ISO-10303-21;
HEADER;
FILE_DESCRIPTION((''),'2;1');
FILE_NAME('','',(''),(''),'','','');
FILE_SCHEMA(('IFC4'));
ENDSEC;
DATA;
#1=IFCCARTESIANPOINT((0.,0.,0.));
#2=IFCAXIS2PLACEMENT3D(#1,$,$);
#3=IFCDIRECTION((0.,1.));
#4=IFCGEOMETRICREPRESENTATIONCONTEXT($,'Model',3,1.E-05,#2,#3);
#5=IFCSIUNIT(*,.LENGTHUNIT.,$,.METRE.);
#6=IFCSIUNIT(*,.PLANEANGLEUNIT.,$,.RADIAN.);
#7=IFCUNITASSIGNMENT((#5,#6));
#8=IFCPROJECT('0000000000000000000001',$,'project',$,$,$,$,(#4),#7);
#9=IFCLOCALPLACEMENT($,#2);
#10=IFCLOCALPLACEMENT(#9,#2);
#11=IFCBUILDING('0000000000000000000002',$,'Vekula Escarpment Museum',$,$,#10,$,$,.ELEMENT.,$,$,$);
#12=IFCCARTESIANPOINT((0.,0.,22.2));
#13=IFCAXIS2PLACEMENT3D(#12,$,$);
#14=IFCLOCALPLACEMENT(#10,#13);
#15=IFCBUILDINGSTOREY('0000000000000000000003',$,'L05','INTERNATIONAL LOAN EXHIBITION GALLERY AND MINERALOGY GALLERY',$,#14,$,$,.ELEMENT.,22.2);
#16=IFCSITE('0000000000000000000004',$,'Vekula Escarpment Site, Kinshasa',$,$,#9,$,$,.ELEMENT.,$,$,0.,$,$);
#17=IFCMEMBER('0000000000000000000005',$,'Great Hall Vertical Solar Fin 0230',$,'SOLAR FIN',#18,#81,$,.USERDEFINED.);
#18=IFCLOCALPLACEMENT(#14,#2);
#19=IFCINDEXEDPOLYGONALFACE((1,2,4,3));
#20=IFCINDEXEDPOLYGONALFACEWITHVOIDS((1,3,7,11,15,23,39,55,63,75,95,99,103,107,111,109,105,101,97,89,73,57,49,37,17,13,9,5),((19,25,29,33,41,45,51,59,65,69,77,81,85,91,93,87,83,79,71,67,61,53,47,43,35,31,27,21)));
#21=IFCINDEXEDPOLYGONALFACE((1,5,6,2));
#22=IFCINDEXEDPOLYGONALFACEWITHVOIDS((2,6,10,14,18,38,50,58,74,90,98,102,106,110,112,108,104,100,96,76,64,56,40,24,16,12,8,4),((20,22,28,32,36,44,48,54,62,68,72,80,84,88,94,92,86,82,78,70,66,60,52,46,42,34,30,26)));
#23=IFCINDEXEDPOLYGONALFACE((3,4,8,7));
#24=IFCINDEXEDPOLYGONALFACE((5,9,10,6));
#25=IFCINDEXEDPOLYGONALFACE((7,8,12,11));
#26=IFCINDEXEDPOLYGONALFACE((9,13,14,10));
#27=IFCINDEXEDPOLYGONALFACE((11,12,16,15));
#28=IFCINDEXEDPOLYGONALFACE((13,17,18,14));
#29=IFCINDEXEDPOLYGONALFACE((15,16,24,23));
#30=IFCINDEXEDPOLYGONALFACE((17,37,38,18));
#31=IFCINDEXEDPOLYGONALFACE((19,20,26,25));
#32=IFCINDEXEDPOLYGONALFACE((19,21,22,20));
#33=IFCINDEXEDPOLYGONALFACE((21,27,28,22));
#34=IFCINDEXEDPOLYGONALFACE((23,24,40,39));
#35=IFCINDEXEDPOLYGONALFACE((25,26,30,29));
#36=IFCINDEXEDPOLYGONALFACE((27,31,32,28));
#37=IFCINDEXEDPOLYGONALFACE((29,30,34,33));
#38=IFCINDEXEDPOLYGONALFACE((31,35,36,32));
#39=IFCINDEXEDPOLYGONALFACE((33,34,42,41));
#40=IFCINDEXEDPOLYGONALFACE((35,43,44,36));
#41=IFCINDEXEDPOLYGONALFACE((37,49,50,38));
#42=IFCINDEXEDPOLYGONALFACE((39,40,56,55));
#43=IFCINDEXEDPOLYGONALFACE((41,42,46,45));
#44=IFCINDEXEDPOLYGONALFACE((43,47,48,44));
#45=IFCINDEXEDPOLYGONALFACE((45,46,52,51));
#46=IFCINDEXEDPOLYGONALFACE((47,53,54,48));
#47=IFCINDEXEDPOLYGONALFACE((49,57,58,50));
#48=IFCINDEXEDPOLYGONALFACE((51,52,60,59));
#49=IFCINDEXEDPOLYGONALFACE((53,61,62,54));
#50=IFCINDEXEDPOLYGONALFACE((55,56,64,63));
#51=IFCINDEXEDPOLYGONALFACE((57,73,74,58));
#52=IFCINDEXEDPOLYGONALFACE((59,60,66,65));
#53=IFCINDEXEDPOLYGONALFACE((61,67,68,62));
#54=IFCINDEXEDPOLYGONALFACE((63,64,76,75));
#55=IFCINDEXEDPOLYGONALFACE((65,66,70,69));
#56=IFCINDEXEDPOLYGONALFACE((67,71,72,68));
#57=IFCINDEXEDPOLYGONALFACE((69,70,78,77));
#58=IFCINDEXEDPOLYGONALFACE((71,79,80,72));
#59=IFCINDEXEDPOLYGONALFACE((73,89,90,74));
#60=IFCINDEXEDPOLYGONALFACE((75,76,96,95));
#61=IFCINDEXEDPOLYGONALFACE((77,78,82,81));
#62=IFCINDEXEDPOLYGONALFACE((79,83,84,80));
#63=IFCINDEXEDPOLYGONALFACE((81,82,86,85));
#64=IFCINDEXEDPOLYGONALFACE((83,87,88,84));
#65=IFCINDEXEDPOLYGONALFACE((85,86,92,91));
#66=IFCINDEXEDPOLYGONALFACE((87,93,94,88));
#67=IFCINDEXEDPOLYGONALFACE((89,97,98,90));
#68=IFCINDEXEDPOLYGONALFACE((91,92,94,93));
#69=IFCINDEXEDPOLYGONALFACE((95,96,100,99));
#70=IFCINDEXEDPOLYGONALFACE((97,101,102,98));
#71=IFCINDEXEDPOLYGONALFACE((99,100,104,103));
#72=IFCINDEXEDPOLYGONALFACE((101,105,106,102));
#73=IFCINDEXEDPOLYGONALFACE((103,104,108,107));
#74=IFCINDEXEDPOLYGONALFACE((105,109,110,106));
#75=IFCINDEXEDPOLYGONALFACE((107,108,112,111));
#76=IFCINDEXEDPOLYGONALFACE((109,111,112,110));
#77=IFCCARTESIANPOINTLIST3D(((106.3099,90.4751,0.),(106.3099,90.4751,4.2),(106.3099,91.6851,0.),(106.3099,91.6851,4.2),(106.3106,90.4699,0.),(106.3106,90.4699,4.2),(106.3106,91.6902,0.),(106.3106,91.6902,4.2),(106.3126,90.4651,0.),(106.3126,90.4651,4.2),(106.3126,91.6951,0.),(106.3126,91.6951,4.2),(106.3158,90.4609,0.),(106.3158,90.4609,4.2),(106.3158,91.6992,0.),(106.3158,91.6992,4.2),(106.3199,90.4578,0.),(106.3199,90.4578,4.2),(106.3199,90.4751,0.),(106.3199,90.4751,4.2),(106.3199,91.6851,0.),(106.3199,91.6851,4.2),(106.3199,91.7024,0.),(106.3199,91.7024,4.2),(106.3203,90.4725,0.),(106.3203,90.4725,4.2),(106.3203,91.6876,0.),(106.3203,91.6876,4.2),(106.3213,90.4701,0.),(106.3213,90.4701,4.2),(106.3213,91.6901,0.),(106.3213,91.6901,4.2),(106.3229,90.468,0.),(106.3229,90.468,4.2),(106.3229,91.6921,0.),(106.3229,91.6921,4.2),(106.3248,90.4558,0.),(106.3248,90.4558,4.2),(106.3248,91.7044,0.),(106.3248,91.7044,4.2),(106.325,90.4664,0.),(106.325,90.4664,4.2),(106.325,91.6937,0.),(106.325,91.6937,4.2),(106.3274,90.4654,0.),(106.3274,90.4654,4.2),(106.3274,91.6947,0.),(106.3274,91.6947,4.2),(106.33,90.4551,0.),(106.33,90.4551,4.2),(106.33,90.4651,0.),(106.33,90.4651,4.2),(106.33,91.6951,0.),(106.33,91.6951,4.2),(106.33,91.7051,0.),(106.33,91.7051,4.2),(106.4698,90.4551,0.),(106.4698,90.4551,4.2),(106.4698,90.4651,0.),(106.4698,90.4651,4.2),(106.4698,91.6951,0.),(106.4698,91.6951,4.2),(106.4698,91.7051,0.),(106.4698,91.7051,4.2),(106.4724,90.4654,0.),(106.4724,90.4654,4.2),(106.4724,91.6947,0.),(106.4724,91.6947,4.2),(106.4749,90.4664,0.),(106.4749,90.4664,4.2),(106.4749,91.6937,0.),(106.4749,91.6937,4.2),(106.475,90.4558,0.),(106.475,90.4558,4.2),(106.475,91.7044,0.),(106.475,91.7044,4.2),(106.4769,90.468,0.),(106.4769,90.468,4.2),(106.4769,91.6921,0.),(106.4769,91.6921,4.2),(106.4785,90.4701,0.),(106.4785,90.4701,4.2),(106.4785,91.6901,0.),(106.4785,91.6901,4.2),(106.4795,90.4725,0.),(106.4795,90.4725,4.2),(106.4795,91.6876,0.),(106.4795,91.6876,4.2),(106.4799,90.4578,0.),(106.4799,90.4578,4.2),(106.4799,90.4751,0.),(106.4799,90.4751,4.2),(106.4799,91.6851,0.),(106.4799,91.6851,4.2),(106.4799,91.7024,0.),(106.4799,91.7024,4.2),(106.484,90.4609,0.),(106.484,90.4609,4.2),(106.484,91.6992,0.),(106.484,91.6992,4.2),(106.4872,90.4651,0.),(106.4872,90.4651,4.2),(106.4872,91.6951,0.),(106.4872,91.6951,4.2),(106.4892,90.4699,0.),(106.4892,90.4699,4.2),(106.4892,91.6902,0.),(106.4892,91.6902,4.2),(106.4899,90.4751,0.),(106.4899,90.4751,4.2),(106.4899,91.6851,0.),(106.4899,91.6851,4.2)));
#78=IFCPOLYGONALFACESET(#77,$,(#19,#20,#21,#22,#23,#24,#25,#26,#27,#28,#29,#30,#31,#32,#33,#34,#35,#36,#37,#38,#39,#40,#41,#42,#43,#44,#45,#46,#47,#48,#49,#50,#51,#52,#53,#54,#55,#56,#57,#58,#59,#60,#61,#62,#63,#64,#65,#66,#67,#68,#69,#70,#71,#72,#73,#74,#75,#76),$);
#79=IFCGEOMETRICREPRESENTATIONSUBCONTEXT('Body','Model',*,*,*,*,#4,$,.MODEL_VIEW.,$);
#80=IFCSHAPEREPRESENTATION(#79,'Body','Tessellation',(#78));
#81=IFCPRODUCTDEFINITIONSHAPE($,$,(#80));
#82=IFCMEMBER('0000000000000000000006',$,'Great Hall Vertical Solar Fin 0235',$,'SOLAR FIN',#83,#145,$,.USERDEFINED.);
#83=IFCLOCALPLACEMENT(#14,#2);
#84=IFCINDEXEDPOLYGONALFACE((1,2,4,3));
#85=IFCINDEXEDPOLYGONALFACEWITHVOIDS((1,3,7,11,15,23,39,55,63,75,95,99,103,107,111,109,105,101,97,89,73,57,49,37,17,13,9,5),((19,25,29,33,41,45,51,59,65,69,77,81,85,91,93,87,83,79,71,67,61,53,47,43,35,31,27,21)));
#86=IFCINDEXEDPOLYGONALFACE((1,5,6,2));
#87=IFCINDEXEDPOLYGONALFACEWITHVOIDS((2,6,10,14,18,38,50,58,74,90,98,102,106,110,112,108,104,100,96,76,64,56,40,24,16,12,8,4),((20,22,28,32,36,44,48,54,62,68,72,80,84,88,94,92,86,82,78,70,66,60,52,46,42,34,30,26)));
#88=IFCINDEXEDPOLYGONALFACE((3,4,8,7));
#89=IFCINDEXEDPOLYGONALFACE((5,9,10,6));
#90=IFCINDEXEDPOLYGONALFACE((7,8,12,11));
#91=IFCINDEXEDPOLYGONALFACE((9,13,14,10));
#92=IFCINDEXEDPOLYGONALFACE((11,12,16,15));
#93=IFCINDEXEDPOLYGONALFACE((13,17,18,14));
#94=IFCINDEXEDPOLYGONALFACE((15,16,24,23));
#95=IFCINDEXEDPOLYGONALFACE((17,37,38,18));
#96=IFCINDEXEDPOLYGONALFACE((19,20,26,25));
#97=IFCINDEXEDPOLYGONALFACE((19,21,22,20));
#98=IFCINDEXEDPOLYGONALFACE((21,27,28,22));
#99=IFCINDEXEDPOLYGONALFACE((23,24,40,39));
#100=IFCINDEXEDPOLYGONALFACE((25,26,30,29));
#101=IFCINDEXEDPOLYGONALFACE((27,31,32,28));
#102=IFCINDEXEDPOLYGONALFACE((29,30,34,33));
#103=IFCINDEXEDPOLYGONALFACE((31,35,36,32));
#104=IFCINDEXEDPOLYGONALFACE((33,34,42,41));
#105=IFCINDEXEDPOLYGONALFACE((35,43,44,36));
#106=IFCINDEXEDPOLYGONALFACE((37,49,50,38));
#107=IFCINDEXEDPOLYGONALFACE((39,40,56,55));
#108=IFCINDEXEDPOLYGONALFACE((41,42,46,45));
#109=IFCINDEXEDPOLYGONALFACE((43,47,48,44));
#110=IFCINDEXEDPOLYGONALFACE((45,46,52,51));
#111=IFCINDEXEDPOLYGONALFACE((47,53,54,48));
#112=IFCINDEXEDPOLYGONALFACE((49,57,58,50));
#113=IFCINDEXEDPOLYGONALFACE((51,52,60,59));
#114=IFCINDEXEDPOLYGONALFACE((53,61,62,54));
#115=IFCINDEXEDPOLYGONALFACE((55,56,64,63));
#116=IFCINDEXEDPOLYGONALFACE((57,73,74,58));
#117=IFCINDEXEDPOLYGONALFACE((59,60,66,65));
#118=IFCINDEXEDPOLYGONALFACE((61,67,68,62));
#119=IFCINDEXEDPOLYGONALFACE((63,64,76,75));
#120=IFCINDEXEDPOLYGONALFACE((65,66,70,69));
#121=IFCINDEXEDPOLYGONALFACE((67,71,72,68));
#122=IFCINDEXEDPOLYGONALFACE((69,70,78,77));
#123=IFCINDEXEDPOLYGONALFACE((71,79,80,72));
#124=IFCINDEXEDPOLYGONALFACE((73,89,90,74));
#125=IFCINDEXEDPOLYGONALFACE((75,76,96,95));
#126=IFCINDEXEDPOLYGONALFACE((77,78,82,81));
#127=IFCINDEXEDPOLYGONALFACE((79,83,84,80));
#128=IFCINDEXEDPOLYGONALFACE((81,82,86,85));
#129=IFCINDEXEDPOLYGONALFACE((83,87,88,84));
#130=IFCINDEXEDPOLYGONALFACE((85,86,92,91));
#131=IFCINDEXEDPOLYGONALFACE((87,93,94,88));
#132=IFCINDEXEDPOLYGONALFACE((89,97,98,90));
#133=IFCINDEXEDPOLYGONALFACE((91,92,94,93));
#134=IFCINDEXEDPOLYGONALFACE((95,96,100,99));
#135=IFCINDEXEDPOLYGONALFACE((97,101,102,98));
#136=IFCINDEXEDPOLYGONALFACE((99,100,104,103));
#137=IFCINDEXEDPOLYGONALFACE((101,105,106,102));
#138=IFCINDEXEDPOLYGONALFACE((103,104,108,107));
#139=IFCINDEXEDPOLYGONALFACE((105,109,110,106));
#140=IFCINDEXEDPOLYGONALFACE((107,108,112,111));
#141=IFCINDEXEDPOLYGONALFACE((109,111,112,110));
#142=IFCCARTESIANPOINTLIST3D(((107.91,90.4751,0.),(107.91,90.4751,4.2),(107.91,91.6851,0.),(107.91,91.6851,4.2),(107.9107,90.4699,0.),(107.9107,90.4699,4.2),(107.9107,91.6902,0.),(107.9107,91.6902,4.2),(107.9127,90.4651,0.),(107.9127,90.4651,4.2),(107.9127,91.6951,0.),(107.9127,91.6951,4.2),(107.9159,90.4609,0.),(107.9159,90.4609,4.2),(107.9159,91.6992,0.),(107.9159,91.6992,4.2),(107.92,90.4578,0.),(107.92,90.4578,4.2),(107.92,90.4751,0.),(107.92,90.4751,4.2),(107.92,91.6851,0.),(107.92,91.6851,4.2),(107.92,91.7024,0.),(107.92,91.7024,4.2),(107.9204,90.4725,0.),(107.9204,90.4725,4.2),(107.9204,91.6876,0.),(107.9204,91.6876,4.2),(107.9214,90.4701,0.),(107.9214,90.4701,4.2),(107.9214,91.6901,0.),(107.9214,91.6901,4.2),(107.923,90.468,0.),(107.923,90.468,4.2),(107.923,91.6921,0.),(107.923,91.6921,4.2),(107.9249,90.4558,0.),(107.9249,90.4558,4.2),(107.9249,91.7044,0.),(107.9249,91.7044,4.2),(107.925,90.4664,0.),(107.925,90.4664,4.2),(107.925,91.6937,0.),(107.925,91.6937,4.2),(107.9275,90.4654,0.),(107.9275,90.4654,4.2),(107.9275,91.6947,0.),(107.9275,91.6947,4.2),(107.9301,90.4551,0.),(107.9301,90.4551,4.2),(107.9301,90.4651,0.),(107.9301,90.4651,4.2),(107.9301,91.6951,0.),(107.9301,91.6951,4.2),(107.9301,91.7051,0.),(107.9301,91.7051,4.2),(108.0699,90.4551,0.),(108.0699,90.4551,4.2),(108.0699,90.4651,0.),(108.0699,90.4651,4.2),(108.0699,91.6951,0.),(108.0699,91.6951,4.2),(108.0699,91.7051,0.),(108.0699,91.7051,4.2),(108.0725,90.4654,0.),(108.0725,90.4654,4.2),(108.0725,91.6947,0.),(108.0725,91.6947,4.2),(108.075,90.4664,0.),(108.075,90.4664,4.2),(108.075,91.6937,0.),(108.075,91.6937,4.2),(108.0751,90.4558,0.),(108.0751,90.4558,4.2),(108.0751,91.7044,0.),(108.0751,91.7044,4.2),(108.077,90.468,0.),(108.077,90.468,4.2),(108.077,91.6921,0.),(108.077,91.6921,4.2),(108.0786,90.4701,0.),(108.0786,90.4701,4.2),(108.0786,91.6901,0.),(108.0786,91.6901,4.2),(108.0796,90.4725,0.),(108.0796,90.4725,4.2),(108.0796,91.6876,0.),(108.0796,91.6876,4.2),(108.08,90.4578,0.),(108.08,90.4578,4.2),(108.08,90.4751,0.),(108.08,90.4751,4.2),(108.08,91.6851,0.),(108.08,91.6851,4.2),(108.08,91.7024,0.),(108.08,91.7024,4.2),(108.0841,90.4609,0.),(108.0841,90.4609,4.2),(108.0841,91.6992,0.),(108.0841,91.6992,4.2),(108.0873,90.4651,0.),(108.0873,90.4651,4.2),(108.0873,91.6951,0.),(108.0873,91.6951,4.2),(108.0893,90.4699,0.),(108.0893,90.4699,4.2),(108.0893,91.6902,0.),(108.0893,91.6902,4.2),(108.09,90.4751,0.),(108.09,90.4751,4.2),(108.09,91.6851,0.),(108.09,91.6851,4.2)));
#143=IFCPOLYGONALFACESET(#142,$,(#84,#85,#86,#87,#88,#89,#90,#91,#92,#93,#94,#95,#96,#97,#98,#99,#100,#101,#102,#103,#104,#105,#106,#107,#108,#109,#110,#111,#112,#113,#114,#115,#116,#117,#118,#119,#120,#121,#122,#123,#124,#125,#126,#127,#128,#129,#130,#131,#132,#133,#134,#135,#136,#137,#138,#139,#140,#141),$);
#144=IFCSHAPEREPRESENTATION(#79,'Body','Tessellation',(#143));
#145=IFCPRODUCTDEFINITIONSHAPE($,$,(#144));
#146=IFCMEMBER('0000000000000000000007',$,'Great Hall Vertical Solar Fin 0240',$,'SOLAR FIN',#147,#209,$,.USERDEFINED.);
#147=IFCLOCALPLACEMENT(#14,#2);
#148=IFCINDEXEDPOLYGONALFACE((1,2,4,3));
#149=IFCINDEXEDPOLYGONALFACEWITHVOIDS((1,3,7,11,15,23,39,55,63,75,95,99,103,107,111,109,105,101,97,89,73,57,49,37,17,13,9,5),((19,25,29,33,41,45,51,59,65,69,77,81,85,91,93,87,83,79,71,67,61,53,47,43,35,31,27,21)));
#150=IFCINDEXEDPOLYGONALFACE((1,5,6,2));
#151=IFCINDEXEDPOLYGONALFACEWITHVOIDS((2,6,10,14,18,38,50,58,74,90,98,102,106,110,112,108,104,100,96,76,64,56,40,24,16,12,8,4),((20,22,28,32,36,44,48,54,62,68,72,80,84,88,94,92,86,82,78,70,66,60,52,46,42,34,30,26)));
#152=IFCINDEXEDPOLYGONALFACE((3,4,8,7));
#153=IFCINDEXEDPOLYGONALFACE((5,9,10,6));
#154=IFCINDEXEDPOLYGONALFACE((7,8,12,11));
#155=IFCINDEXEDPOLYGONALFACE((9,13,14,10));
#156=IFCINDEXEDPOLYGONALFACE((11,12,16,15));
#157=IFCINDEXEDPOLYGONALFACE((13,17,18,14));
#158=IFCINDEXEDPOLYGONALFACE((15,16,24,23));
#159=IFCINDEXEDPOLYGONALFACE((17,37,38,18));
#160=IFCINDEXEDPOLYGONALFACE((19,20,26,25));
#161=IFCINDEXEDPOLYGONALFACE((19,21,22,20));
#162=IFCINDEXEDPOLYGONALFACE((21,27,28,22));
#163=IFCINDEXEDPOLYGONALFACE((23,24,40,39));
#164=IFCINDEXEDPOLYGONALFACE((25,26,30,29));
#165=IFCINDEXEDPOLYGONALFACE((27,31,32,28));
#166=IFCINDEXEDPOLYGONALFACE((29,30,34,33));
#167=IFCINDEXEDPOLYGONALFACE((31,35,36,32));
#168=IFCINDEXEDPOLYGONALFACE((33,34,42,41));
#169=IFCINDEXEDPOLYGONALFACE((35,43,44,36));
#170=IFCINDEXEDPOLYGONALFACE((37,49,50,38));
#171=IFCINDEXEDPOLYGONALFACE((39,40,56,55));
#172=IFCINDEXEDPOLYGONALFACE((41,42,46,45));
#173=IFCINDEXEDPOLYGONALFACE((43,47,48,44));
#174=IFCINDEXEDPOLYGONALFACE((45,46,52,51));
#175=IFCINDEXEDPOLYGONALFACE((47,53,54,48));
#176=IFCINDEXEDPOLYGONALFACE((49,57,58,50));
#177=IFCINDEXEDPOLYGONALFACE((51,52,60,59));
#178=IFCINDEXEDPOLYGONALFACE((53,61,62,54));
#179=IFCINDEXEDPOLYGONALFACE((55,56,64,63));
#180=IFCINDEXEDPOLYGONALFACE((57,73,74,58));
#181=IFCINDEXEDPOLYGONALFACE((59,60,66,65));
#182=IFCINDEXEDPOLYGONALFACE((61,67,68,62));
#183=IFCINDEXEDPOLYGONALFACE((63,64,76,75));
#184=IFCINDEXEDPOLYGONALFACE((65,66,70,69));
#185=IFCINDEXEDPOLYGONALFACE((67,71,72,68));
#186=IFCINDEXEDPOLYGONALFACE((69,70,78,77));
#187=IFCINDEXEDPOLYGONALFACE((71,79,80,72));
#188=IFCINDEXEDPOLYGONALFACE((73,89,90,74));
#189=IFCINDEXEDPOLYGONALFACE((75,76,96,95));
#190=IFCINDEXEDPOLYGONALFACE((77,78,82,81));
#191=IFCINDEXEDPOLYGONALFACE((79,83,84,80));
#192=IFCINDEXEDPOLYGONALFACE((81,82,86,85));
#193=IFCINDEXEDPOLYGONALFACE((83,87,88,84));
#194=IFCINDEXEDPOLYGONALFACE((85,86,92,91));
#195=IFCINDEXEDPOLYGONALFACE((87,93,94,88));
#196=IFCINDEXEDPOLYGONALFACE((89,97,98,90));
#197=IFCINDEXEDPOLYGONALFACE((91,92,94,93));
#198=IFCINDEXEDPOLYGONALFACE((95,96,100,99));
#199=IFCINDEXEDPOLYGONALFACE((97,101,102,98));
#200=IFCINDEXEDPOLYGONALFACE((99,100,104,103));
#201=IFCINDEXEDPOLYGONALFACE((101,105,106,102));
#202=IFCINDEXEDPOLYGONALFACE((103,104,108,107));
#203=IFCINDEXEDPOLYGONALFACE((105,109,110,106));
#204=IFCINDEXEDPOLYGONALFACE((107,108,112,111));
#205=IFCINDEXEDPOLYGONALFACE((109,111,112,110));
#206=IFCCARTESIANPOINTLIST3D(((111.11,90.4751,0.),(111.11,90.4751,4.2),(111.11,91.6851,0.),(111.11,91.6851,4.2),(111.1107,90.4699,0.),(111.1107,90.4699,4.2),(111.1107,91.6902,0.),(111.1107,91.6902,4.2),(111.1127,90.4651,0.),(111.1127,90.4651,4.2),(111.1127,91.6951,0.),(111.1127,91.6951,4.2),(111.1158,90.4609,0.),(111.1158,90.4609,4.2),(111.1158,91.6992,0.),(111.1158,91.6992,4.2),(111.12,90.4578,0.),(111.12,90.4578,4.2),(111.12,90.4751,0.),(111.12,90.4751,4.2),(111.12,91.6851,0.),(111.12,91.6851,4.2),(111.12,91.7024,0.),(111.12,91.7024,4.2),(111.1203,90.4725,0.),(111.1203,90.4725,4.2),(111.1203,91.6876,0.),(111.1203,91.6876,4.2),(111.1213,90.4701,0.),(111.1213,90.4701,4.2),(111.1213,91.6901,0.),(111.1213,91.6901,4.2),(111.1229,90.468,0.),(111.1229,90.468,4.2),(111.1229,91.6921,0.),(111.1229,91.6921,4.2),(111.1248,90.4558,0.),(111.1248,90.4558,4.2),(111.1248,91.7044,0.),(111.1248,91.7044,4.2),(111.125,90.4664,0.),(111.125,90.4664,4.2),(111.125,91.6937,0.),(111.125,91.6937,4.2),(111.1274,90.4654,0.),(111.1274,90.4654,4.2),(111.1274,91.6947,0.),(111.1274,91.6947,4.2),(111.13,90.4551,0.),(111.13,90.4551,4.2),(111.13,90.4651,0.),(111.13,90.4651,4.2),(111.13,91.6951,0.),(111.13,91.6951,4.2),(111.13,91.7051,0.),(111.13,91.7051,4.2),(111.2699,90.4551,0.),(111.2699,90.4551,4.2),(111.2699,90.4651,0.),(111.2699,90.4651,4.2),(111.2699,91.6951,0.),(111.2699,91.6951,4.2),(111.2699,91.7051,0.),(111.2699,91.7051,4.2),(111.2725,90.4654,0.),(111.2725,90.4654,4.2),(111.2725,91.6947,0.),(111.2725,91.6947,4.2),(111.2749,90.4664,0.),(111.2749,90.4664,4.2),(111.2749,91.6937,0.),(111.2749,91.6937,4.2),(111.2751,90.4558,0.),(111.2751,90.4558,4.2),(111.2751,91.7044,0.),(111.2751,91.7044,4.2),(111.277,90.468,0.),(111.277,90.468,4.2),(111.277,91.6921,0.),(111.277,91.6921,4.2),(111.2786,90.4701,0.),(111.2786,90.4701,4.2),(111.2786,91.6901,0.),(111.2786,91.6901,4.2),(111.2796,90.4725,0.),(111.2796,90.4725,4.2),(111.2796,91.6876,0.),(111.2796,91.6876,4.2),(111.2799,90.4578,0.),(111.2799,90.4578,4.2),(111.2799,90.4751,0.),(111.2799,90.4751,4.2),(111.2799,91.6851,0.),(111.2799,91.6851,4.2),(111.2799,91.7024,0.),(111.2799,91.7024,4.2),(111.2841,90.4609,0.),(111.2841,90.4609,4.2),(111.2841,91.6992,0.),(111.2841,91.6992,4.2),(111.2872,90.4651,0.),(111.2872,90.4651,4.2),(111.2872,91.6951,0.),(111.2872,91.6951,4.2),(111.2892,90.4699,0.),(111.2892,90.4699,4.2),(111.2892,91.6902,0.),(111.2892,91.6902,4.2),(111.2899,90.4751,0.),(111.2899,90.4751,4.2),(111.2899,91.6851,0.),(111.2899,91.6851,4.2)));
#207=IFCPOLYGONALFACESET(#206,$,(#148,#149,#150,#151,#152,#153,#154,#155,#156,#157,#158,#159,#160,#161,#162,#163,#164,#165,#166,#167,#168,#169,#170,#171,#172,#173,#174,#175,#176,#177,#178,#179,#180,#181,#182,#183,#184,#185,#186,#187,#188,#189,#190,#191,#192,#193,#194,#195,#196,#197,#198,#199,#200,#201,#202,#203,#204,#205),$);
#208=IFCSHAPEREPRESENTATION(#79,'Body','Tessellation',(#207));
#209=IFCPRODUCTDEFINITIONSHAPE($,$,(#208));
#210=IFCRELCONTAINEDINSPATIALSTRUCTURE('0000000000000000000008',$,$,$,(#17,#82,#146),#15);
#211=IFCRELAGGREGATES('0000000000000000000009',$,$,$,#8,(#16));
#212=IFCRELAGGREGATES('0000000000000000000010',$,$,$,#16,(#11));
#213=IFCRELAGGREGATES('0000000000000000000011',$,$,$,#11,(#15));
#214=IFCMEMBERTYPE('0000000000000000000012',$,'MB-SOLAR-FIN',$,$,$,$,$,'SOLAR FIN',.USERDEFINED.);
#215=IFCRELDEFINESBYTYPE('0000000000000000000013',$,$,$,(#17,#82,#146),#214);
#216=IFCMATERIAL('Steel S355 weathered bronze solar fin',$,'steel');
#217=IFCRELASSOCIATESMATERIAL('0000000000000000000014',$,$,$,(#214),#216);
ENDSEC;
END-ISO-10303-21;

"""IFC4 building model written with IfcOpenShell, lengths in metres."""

from ifc_helpers import new_model, si_unit, direction, frame, origin, origin_2d, place, context, subcontext, project, spatial, hollow_rectangle, extrude, material, material_profile, profile_set, type_object, element, save


model = new_model("IFC4")

# Units and contexts
model_context = context("Model", 3, precision=1e-05, world=origin(), true_north=direction((0.0, 1.0)))
body_context = subcontext(model_context, "Body", "Model", "MODEL_VIEW")
ifc_project = project(units=[si_unit("LENGTHUNIT", "METRE"), si_unit("PLANEANGLEUNIT", "RADIAN")], contexts=[model_context])

# Site, building, storey
site_placement = place(None, origin())
site = spatial("IfcSite", under=ifc_project, at=site_placement, Name="Vekula Escarpment Site, Kinshasa", CompositionType="ELEMENT", RefElevation=0.0)
building_placement = place(site_placement, origin())
building = spatial("IfcBuilding", under=site, at=building_placement, Name="Vekula Escarpment Museum", CompositionType="ELEMENT")
storey_placement = place(building_placement, frame((0.0, 0.0, 22.2)))
storey = spatial("IfcBuildingStorey", under=building, at=storey_placement, Name="L05", Description="INTERNATIONAL LOAN EXHIBITION GALLERY AND MINERALOGY GALLERY", CompositionType="ELEMENT", Elevation=22.2)

# Members
ifc_material_1 = material(Name="Steel S355 weathered bronze solar fin", Category="steel")
ifc_material_profile_1 = material_profile(ifc_material_1, hollow_rectangle(XDim=0.1799, YDim=1.25, WallThickness=0.01, InnerFilletRadius=0.01, OuterFilletRadius=0.02, at=origin_2d()), Name="RHS 1250x180x10")
ifc_profile_set_1 = profile_set([ifc_material_profile_1], Name="Steel S355 weathered bronze solar fin")
member_type_1 = type_object("IfcMemberType", Name="MB-SOLAR-FIN", ElementType="SOLAR FIN", PredefinedType="USERDEFINED", material=ifc_profile_set_1)
for number, where, z_axis, x_axis, name in (
    (1, (106.3999, 91.0801, 0.0), (0.0, 0.0, 1.0), (1.0, 0.0, 0.0), "Great Hall Vertical Solar Fin 0230"),
    (2, (108.0, 91.0801, 0.0), (0.0, 0.0, 1.0), (1.0, 0.0, 0.0), "Great Hall Vertical Solar Fin 0235"),
    (3, (111.2, 91.0801, 0.0), (0.0, 0.0, 1.0), (1.0, 0.0, 0.0), "Great Hall Vertical Solar Fin 0240"),
):
    element("IfcMember", number, at=place(storey_placement, frame(where, z_axis=z_axis, x_axis=x_axis)), inside=storey, type_object=member_type_1, Name=name, ObjectType="SOLAR FIN", PredefinedType="USERDEFINED", context=body_context, shape_type="SweptSolid", body=[
        extrude(hollow_rectangle(XDim=0.1799, YDim=1.25, WallThickness=0.01, InnerFilletRadius=0.01, OuterFilletRadius=0.02, at=origin_2d()), origin(), (0.0, 0.0, 1.0), 4.2),
    ])

save(model, "model.ifc")
